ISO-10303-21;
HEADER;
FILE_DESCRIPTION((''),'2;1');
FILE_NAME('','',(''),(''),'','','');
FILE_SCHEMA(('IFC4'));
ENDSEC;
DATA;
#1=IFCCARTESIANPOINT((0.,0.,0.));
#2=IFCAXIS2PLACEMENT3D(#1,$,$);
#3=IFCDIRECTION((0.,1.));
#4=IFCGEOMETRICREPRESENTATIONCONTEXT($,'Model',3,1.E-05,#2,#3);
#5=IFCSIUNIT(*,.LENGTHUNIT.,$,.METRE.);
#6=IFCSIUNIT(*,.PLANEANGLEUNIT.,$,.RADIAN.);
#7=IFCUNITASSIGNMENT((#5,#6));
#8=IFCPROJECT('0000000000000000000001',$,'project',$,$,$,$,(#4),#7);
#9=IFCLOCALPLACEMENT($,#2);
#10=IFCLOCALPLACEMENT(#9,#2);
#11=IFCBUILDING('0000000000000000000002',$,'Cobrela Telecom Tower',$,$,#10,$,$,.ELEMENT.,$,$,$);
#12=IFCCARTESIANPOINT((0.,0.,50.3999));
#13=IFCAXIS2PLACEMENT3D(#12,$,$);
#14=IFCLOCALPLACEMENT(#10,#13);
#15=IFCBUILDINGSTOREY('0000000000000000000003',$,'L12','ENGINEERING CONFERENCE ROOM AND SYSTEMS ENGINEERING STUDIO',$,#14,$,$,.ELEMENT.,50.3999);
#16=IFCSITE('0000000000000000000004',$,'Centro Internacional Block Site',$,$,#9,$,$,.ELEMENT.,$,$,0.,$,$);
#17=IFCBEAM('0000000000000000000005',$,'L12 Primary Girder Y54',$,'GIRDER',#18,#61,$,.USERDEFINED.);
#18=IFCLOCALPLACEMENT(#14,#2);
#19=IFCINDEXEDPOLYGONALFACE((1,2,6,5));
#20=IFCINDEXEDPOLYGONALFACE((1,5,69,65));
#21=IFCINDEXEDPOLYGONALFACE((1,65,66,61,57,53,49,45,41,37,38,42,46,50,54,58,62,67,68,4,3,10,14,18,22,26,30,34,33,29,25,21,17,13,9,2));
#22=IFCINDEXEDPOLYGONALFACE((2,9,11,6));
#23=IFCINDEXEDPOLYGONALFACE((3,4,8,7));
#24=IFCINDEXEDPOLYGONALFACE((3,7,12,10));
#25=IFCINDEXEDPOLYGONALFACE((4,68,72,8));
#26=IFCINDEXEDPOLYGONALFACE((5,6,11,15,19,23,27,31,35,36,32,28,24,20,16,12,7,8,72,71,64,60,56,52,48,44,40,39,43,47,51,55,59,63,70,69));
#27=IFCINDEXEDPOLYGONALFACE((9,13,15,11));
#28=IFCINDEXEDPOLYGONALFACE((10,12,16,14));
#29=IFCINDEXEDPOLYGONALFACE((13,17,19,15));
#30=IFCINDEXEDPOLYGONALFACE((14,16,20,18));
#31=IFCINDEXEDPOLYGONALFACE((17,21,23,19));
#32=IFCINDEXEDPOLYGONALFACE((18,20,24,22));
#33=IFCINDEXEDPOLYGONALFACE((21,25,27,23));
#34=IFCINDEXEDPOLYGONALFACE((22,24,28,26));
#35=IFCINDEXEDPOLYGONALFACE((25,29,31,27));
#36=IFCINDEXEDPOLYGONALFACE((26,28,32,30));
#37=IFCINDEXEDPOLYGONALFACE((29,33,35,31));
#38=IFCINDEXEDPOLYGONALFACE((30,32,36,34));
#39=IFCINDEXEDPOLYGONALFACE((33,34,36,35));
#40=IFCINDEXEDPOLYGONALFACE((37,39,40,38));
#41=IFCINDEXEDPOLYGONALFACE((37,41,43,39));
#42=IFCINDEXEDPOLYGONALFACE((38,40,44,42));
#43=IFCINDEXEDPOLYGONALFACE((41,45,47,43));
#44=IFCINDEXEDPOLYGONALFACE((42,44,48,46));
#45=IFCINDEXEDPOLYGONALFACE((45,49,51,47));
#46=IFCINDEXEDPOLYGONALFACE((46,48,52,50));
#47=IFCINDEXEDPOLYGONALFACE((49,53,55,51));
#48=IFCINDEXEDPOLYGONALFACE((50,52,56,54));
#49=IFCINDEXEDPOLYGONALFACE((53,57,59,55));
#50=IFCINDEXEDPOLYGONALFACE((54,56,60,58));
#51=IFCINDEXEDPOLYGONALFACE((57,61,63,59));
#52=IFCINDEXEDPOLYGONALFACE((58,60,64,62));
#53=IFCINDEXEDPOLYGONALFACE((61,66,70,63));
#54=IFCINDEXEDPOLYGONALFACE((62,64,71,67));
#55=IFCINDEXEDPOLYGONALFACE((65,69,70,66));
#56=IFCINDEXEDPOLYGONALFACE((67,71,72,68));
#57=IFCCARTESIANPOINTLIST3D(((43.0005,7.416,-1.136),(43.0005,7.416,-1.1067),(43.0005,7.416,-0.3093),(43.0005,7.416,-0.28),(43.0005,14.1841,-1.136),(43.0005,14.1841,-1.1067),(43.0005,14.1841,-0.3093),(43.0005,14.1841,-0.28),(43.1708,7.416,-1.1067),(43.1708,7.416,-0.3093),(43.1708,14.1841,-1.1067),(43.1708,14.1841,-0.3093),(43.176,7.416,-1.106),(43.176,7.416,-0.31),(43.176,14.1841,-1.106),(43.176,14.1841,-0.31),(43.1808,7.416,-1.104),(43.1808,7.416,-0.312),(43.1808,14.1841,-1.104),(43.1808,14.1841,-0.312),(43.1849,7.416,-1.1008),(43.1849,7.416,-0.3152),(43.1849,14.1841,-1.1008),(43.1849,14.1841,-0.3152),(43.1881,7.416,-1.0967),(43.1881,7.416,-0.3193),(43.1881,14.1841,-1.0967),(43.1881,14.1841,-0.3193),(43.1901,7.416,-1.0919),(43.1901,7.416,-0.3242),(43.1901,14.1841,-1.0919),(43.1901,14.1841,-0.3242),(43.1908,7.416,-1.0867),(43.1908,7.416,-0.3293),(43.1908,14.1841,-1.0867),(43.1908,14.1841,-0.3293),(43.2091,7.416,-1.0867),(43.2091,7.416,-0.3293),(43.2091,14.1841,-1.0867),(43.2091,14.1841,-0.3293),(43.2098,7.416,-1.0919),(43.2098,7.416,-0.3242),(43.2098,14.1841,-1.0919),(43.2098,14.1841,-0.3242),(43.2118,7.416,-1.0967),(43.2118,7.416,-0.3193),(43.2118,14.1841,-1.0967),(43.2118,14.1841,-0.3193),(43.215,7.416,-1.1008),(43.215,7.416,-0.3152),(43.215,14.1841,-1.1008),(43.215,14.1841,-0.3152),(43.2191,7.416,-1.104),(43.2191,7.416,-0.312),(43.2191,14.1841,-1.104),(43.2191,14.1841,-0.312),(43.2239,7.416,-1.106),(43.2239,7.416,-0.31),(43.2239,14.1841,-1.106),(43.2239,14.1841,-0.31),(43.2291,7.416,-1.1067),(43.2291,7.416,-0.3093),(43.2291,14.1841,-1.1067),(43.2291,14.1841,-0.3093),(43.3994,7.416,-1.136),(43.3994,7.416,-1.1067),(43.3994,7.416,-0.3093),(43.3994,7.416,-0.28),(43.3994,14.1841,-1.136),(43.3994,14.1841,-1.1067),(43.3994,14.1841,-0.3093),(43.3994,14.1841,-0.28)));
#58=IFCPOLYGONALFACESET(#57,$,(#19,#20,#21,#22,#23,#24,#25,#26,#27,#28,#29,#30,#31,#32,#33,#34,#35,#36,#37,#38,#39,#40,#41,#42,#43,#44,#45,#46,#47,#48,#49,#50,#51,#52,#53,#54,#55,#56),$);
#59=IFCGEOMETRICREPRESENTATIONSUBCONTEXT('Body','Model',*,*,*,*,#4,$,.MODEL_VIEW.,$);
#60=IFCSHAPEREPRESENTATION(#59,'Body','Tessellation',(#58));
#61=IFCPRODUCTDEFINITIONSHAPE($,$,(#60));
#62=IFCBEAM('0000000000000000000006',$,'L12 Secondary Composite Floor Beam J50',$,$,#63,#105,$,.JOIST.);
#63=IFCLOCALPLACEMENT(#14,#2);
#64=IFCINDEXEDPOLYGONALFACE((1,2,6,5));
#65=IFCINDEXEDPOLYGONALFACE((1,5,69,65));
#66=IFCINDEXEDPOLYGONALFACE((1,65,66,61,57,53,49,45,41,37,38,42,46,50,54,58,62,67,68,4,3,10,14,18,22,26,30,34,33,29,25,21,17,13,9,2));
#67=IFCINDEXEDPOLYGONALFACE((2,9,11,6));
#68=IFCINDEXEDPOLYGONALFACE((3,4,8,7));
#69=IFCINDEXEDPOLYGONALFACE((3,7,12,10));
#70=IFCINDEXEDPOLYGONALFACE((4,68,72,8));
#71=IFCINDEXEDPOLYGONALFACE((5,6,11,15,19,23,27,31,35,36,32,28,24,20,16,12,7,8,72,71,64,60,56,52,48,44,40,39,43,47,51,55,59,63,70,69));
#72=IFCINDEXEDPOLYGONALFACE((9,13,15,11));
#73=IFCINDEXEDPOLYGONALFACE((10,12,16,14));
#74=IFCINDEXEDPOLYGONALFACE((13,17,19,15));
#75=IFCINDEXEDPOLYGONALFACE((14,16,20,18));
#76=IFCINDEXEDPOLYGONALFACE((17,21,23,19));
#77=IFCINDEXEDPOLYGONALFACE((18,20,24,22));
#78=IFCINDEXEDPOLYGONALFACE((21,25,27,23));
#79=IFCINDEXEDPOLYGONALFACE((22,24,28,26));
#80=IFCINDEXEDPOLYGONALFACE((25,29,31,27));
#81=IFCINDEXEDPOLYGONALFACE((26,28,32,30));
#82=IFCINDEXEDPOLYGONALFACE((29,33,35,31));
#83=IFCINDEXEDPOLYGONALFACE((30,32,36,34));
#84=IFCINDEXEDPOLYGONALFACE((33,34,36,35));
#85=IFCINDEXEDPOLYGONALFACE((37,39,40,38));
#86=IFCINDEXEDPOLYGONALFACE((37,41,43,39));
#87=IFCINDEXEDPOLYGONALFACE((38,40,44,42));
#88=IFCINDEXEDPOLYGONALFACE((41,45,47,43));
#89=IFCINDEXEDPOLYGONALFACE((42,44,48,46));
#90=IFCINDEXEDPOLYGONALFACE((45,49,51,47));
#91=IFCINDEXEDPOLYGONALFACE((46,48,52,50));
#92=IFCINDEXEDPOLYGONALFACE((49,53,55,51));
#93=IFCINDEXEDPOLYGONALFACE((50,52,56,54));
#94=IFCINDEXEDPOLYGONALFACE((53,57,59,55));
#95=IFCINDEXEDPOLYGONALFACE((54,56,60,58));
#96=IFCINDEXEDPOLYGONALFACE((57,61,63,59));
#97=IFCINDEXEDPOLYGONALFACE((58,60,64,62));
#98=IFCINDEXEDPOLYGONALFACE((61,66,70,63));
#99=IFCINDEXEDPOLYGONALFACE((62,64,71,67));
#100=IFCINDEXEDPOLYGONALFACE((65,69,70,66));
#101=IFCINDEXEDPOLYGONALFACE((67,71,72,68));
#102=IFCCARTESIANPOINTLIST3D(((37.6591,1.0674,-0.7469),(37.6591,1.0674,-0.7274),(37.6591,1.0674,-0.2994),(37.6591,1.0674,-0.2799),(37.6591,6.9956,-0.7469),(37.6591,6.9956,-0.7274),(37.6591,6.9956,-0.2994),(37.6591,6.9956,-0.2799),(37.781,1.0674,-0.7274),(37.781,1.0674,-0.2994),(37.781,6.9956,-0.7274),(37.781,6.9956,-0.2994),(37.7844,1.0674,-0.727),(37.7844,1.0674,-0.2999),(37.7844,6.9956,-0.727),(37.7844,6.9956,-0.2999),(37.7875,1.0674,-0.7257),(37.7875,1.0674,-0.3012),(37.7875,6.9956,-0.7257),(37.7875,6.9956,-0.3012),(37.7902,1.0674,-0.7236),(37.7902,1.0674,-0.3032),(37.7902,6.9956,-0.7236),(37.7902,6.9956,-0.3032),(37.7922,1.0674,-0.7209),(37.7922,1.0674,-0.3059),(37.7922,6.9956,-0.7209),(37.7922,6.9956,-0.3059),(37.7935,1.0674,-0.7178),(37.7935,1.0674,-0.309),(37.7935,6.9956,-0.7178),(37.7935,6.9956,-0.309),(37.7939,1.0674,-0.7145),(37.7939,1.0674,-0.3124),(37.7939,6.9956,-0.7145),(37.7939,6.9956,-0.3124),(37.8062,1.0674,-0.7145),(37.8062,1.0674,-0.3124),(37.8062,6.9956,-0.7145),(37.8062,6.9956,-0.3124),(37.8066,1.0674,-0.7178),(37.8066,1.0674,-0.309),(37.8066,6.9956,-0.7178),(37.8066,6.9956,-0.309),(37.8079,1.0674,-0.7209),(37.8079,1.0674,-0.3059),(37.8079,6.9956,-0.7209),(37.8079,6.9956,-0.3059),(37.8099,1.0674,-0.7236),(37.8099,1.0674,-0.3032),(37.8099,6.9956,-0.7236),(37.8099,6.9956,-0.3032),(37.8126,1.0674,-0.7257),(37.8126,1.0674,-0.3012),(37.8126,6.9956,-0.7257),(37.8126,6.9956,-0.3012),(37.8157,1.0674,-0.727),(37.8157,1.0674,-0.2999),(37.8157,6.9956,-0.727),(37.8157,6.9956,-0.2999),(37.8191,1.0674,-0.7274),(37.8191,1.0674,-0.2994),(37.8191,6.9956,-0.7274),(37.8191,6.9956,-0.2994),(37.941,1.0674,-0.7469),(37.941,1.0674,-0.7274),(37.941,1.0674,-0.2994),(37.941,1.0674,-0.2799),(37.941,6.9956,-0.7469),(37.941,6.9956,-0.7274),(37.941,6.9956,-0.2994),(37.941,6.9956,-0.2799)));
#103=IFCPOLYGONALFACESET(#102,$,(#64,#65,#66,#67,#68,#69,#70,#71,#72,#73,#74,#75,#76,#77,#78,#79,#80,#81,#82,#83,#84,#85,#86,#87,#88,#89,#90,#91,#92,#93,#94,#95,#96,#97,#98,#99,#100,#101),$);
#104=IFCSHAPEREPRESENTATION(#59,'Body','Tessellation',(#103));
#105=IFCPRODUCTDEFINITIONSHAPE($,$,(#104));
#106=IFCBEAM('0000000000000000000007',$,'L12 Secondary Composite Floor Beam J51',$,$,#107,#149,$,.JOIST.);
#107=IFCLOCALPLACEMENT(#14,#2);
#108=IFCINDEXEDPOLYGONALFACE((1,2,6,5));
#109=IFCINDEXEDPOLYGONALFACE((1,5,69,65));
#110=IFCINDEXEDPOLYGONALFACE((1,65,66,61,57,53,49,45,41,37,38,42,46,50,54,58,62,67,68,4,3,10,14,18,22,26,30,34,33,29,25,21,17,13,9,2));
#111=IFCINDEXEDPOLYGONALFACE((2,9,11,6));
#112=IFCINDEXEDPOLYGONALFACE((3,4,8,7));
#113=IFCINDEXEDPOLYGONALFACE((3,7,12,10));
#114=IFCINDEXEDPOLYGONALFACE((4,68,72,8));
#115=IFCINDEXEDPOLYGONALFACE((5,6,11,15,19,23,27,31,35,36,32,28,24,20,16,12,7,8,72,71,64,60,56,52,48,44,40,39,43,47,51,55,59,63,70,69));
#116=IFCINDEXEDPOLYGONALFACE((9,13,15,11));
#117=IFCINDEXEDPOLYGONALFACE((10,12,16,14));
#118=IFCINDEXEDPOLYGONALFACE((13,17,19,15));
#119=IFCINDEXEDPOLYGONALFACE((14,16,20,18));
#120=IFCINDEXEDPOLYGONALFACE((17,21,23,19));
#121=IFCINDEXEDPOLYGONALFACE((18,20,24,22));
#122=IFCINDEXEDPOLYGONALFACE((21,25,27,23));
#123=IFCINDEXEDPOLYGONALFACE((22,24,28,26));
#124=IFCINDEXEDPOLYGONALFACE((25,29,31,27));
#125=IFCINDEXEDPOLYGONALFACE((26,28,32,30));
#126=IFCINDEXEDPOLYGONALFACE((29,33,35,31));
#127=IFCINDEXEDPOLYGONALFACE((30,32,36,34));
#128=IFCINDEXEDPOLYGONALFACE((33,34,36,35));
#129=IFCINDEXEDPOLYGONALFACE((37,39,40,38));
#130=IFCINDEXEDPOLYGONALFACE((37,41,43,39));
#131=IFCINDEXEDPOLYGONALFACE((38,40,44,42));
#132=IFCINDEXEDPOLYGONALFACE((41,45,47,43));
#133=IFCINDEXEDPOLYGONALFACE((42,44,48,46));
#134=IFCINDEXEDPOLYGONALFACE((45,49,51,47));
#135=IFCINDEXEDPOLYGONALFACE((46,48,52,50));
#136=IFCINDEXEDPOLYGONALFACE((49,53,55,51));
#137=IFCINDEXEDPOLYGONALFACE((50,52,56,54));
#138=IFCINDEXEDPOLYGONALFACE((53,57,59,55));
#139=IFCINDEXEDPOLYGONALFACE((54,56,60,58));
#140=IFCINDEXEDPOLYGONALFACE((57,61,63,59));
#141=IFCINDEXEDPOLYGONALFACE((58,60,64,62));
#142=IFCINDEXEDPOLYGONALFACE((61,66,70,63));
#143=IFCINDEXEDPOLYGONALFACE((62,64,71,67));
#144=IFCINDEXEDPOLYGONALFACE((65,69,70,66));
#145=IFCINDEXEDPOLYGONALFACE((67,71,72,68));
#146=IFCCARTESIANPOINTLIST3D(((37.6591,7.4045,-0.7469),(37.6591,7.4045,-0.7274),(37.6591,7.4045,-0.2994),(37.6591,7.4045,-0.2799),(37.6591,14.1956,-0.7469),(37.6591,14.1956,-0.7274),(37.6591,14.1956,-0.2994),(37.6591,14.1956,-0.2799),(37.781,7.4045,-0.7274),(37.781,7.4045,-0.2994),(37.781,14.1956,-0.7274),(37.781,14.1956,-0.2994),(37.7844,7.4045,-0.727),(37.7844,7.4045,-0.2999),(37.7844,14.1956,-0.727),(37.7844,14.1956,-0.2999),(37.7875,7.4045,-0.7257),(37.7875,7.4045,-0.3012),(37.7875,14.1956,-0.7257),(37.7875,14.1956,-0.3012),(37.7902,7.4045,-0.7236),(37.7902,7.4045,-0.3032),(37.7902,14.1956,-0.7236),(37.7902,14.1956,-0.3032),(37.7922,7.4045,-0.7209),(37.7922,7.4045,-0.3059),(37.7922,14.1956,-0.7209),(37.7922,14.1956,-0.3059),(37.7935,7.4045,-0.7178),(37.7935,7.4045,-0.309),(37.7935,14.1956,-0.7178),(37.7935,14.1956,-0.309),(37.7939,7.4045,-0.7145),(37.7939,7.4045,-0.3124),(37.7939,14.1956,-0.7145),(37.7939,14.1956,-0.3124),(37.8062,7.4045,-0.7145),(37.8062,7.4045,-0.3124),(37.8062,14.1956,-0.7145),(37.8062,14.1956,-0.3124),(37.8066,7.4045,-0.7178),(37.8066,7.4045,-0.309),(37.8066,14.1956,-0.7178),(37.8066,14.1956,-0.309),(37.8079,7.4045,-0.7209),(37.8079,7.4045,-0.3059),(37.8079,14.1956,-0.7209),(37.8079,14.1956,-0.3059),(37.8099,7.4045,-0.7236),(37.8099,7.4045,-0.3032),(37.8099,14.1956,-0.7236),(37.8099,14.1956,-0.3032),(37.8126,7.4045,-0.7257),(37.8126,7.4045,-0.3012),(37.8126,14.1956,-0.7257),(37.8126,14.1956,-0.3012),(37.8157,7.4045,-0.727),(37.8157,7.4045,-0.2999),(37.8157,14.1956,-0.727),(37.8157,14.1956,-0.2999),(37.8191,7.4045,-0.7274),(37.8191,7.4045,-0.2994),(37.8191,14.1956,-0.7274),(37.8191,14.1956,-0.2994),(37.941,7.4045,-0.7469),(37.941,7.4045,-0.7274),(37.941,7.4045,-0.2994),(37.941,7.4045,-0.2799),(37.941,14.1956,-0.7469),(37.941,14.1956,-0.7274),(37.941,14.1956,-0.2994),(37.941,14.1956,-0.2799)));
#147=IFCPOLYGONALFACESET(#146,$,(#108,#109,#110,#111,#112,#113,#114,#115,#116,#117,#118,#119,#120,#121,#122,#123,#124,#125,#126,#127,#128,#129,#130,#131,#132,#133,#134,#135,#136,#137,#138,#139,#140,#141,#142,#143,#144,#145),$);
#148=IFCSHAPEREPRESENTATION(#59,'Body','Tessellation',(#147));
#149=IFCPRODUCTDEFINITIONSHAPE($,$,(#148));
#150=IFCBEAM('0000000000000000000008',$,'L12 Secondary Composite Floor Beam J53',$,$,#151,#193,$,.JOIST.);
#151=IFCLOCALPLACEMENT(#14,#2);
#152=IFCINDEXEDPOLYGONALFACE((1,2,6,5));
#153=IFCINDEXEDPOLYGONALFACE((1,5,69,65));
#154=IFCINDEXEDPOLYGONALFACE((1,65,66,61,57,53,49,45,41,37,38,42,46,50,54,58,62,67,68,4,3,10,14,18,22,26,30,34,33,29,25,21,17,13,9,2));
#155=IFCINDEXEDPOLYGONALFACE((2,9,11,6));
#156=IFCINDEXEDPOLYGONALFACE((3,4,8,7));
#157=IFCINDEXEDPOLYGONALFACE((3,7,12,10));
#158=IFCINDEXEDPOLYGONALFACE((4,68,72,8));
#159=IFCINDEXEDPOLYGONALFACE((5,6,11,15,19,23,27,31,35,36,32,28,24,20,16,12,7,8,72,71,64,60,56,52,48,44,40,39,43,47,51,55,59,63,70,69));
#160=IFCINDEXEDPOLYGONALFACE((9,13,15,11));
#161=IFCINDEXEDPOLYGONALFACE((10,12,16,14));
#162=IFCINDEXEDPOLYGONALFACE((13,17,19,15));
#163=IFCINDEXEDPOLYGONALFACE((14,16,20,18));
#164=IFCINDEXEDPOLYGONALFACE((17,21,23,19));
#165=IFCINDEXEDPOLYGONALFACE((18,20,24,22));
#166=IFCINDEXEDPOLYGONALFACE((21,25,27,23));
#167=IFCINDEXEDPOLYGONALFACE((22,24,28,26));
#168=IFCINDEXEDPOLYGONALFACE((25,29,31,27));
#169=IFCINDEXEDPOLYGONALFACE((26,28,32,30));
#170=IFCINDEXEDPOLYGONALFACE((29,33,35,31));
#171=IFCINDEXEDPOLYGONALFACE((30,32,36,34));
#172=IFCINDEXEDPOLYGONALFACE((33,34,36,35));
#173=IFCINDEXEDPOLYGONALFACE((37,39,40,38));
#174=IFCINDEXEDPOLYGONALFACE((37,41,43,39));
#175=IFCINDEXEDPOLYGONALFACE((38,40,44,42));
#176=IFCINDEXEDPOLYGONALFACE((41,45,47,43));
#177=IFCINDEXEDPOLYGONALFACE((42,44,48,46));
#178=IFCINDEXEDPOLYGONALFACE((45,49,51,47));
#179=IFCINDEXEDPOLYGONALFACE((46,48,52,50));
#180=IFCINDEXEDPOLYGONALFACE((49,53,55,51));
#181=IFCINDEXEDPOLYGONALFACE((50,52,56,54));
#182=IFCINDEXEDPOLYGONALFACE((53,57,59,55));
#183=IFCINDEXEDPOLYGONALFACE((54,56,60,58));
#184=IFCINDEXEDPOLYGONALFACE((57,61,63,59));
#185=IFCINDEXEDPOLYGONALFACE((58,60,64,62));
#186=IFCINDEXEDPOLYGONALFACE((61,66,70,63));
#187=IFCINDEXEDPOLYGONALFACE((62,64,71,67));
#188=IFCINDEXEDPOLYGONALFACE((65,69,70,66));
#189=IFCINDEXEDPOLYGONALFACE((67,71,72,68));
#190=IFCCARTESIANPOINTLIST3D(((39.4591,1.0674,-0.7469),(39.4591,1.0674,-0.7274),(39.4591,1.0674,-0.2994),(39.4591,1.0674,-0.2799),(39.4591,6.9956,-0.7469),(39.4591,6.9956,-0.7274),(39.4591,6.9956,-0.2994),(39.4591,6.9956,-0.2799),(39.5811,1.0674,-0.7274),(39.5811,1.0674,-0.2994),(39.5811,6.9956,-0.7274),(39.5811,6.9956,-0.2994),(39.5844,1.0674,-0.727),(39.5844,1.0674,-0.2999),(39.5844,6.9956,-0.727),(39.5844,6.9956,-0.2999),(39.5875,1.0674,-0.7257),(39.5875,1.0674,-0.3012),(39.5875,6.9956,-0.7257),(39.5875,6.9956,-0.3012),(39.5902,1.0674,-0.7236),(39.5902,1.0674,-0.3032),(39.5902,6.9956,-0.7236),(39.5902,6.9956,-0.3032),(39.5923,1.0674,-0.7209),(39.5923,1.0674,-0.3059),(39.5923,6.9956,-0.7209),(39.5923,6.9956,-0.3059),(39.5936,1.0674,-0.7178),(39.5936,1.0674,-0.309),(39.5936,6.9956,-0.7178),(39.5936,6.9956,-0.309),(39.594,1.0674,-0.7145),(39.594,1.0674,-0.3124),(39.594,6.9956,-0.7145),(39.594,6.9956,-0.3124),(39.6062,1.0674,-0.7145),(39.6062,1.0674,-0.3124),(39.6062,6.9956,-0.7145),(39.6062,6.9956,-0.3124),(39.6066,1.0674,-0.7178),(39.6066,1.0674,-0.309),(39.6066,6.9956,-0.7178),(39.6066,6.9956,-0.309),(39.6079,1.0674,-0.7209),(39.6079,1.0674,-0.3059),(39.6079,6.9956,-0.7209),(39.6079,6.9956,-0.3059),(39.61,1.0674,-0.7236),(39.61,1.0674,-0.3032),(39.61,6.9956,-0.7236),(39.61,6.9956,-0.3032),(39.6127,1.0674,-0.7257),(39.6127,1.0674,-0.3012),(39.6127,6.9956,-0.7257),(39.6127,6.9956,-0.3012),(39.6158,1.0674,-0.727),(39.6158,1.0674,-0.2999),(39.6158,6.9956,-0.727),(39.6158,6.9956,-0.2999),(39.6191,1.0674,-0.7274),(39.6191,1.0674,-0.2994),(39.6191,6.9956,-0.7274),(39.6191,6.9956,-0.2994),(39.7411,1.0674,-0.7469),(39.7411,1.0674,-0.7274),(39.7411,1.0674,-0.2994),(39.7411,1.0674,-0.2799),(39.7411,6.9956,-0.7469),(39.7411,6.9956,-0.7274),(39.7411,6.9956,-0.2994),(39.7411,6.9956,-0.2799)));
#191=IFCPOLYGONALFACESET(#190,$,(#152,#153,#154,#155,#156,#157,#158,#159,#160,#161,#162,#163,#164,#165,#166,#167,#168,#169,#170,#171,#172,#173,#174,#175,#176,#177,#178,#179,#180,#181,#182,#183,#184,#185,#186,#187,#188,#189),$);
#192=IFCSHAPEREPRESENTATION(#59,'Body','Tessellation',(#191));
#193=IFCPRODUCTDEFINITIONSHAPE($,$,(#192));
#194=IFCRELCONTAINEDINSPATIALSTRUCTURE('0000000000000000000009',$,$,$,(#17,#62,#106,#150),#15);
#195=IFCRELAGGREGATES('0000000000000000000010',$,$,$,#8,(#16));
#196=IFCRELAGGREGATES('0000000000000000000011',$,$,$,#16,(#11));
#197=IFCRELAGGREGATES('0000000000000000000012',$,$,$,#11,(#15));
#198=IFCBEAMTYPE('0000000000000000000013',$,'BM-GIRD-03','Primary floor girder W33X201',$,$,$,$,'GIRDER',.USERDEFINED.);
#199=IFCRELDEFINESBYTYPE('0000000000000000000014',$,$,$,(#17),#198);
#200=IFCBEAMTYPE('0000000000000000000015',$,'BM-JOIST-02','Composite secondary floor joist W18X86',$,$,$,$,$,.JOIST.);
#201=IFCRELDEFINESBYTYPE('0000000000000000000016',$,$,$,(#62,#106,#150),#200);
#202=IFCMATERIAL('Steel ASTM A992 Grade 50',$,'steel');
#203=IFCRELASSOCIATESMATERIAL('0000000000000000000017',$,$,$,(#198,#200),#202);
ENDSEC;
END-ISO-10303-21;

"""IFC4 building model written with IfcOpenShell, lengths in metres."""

from ifc_helpers import new_model, si_unit, direction, frame, origin, origin_2d, place, context, subcontext, project, spatial, i_section, extrude, material, material_profile, profile_set, type_object, element, save


model = new_model("IFC4")

# Units and contexts
model_context = context("Model", 3, precision=1e-05, world=origin(), true_north=direction((0.0, 1.0)))
body_context = subcontext(model_context, "Body", "Model", "MODEL_VIEW")
ifc_project = project(units=[si_unit("LENGTHUNIT", "METRE"), si_unit("PLANEANGLEUNIT", "RADIAN")], contexts=[model_context])

# Site, building, storey
site_placement = place(None, origin())
site = spatial("IfcSite", under=ifc_project, at=site_placement, Name="Centro Internacional Block Site", CompositionType="ELEMENT", RefElevation=0.0)
building_placement = place(site_placement, origin())
building = spatial("IfcBuilding", under=site, at=building_placement, Name="Cobrela Telecom Tower", CompositionType="ELEMENT")
storey_placement = place(building_placement, frame((0.0, 0.0, 50.3999)))
storey = spatial("IfcBuildingStorey", under=building, at=storey_placement, Name="L12", Description="ENGINEERING CONFERENCE ROOM AND SYSTEMS ENGINEERING STUDIO", CompositionType="ELEMENT", Elevation=50.3999)

# Shared definitions
ifc_material_1 = material(Name="Steel ASTM A992 Grade 50", Category="steel")

# Beams
ifc_material_profile_1 = material_profile(ifc_material_1, i_section(OverallWidth=0.3989, OverallDepth=0.856, WebThickness=0.0183, FlangeThickness=0.0293, FilletRadius=0.02, at=origin_2d()), Name="W33X201")
ifc_profile_set_1 = profile_set([ifc_material_profile_1], Name="Steel ASTM A992 Grade 50")
beam_type_1 = type_object("IfcBeamType", Name="BM-GIRD-03", Description="Primary floor girder W33X201", ElementType="GIRDER", PredefinedType="USERDEFINED", material=ifc_profile_set_1)
beam_1_placement = place(storey_placement, frame((43.2, 7.416, -0.708), z_axis=(0.0, 1.0, 0.0), x_axis=(-1.0, 0.0, 0.0)))
element("IfcBeam", 1, at=beam_1_placement, inside=storey, type_object=beam_type_1, Name="L12 Primary Girder Y54", ObjectType="GIRDER", PredefinedType="USERDEFINED", context=body_context, shape_type="SweptSolid", body=[
    extrude(i_section(OverallWidth=0.3989, OverallDepth=0.856, WebThickness=0.0183, FlangeThickness=0.0293, FilletRadius=0.02, at=origin_2d()), origin(), (0.0, 0.0, 1.0), 6.7681),
])
ifc_material_profile_2 = material_profile(ifc_material_1, i_section(OverallWidth=0.282, OverallDepth=0.467, WebThickness=0.0122, FlangeThickness=0.0195, FilletRadius=0.0129, at=origin_2d()), Name="W18X86")
ifc_profile_set_2 = profile_set([ifc_material_profile_2], Name="Steel ASTM A992 Grade 50")
beam_type_2 = type_object("IfcBeamType", Name="BM-JOIST-02", Description="Composite secondary floor joist W18X86", PredefinedType="JOIST", material=ifc_profile_set_2)
beam_2_placement = place(storey_placement, frame((37.8, 1.0674, -0.5134), z_axis=(0.0, 1.0, 0.0), x_axis=(-1.0, 0.0, 0.0)))
element("IfcBeam", 2, at=beam_2_placement, inside=storey, type_object=beam_type_2, Name="L12 Secondary Composite Floor Beam J50", PredefinedType="JOIST", context=body_context, shape_type="SweptSolid", body=[
    extrude(i_section(OverallWidth=0.282, OverallDepth=0.467, WebThickness=0.0122, FlangeThickness=0.0195, FilletRadius=0.0129, at=origin_2d()), origin(), (0.0, 0.0, 1.0), 5.9282),
])
beam_3_placement = place(storey_placement, frame((37.8, 7.4045, -0.5134), z_axis=(0.0, 1.0, 0.0), x_axis=(-1.0, 0.0, 0.0)))
element("IfcBeam", 3, at=beam_3_placement, inside=storey, type_object=beam_type_2, Name="L12 Secondary Composite Floor Beam J51", PredefinedType="JOIST", context=body_context, shape_type="SweptSolid", body=[
    extrude(i_section(OverallWidth=0.282, OverallDepth=0.467, WebThickness=0.0122, FlangeThickness=0.0195, FilletRadius=0.0129, at=origin_2d()), origin(), (0.0, 0.0, 1.0), 6.791),
])
beam_4_placement = place(storey_placement, frame((39.6001, 1.0674, -0.5134), z_axis=(0.0, 1.0, 0.0), x_axis=(-1.0, 0.0, 0.0)))
element("IfcBeam", 4, at=beam_4_placement, inside=storey, type_object=beam_type_2, Name="L12 Secondary Composite Floor Beam J53", PredefinedType="JOIST", context=body_context, shape_type="SweptSolid", body=[
    extrude(i_section(OverallWidth=0.282, OverallDepth=0.467, WebThickness=0.0122, FlangeThickness=0.0195, FilletRadius=0.0129, at=origin_2d()), origin(), (0.0, 0.0, 1.0), 5.9282),
])

save(model, "model.ifc")
